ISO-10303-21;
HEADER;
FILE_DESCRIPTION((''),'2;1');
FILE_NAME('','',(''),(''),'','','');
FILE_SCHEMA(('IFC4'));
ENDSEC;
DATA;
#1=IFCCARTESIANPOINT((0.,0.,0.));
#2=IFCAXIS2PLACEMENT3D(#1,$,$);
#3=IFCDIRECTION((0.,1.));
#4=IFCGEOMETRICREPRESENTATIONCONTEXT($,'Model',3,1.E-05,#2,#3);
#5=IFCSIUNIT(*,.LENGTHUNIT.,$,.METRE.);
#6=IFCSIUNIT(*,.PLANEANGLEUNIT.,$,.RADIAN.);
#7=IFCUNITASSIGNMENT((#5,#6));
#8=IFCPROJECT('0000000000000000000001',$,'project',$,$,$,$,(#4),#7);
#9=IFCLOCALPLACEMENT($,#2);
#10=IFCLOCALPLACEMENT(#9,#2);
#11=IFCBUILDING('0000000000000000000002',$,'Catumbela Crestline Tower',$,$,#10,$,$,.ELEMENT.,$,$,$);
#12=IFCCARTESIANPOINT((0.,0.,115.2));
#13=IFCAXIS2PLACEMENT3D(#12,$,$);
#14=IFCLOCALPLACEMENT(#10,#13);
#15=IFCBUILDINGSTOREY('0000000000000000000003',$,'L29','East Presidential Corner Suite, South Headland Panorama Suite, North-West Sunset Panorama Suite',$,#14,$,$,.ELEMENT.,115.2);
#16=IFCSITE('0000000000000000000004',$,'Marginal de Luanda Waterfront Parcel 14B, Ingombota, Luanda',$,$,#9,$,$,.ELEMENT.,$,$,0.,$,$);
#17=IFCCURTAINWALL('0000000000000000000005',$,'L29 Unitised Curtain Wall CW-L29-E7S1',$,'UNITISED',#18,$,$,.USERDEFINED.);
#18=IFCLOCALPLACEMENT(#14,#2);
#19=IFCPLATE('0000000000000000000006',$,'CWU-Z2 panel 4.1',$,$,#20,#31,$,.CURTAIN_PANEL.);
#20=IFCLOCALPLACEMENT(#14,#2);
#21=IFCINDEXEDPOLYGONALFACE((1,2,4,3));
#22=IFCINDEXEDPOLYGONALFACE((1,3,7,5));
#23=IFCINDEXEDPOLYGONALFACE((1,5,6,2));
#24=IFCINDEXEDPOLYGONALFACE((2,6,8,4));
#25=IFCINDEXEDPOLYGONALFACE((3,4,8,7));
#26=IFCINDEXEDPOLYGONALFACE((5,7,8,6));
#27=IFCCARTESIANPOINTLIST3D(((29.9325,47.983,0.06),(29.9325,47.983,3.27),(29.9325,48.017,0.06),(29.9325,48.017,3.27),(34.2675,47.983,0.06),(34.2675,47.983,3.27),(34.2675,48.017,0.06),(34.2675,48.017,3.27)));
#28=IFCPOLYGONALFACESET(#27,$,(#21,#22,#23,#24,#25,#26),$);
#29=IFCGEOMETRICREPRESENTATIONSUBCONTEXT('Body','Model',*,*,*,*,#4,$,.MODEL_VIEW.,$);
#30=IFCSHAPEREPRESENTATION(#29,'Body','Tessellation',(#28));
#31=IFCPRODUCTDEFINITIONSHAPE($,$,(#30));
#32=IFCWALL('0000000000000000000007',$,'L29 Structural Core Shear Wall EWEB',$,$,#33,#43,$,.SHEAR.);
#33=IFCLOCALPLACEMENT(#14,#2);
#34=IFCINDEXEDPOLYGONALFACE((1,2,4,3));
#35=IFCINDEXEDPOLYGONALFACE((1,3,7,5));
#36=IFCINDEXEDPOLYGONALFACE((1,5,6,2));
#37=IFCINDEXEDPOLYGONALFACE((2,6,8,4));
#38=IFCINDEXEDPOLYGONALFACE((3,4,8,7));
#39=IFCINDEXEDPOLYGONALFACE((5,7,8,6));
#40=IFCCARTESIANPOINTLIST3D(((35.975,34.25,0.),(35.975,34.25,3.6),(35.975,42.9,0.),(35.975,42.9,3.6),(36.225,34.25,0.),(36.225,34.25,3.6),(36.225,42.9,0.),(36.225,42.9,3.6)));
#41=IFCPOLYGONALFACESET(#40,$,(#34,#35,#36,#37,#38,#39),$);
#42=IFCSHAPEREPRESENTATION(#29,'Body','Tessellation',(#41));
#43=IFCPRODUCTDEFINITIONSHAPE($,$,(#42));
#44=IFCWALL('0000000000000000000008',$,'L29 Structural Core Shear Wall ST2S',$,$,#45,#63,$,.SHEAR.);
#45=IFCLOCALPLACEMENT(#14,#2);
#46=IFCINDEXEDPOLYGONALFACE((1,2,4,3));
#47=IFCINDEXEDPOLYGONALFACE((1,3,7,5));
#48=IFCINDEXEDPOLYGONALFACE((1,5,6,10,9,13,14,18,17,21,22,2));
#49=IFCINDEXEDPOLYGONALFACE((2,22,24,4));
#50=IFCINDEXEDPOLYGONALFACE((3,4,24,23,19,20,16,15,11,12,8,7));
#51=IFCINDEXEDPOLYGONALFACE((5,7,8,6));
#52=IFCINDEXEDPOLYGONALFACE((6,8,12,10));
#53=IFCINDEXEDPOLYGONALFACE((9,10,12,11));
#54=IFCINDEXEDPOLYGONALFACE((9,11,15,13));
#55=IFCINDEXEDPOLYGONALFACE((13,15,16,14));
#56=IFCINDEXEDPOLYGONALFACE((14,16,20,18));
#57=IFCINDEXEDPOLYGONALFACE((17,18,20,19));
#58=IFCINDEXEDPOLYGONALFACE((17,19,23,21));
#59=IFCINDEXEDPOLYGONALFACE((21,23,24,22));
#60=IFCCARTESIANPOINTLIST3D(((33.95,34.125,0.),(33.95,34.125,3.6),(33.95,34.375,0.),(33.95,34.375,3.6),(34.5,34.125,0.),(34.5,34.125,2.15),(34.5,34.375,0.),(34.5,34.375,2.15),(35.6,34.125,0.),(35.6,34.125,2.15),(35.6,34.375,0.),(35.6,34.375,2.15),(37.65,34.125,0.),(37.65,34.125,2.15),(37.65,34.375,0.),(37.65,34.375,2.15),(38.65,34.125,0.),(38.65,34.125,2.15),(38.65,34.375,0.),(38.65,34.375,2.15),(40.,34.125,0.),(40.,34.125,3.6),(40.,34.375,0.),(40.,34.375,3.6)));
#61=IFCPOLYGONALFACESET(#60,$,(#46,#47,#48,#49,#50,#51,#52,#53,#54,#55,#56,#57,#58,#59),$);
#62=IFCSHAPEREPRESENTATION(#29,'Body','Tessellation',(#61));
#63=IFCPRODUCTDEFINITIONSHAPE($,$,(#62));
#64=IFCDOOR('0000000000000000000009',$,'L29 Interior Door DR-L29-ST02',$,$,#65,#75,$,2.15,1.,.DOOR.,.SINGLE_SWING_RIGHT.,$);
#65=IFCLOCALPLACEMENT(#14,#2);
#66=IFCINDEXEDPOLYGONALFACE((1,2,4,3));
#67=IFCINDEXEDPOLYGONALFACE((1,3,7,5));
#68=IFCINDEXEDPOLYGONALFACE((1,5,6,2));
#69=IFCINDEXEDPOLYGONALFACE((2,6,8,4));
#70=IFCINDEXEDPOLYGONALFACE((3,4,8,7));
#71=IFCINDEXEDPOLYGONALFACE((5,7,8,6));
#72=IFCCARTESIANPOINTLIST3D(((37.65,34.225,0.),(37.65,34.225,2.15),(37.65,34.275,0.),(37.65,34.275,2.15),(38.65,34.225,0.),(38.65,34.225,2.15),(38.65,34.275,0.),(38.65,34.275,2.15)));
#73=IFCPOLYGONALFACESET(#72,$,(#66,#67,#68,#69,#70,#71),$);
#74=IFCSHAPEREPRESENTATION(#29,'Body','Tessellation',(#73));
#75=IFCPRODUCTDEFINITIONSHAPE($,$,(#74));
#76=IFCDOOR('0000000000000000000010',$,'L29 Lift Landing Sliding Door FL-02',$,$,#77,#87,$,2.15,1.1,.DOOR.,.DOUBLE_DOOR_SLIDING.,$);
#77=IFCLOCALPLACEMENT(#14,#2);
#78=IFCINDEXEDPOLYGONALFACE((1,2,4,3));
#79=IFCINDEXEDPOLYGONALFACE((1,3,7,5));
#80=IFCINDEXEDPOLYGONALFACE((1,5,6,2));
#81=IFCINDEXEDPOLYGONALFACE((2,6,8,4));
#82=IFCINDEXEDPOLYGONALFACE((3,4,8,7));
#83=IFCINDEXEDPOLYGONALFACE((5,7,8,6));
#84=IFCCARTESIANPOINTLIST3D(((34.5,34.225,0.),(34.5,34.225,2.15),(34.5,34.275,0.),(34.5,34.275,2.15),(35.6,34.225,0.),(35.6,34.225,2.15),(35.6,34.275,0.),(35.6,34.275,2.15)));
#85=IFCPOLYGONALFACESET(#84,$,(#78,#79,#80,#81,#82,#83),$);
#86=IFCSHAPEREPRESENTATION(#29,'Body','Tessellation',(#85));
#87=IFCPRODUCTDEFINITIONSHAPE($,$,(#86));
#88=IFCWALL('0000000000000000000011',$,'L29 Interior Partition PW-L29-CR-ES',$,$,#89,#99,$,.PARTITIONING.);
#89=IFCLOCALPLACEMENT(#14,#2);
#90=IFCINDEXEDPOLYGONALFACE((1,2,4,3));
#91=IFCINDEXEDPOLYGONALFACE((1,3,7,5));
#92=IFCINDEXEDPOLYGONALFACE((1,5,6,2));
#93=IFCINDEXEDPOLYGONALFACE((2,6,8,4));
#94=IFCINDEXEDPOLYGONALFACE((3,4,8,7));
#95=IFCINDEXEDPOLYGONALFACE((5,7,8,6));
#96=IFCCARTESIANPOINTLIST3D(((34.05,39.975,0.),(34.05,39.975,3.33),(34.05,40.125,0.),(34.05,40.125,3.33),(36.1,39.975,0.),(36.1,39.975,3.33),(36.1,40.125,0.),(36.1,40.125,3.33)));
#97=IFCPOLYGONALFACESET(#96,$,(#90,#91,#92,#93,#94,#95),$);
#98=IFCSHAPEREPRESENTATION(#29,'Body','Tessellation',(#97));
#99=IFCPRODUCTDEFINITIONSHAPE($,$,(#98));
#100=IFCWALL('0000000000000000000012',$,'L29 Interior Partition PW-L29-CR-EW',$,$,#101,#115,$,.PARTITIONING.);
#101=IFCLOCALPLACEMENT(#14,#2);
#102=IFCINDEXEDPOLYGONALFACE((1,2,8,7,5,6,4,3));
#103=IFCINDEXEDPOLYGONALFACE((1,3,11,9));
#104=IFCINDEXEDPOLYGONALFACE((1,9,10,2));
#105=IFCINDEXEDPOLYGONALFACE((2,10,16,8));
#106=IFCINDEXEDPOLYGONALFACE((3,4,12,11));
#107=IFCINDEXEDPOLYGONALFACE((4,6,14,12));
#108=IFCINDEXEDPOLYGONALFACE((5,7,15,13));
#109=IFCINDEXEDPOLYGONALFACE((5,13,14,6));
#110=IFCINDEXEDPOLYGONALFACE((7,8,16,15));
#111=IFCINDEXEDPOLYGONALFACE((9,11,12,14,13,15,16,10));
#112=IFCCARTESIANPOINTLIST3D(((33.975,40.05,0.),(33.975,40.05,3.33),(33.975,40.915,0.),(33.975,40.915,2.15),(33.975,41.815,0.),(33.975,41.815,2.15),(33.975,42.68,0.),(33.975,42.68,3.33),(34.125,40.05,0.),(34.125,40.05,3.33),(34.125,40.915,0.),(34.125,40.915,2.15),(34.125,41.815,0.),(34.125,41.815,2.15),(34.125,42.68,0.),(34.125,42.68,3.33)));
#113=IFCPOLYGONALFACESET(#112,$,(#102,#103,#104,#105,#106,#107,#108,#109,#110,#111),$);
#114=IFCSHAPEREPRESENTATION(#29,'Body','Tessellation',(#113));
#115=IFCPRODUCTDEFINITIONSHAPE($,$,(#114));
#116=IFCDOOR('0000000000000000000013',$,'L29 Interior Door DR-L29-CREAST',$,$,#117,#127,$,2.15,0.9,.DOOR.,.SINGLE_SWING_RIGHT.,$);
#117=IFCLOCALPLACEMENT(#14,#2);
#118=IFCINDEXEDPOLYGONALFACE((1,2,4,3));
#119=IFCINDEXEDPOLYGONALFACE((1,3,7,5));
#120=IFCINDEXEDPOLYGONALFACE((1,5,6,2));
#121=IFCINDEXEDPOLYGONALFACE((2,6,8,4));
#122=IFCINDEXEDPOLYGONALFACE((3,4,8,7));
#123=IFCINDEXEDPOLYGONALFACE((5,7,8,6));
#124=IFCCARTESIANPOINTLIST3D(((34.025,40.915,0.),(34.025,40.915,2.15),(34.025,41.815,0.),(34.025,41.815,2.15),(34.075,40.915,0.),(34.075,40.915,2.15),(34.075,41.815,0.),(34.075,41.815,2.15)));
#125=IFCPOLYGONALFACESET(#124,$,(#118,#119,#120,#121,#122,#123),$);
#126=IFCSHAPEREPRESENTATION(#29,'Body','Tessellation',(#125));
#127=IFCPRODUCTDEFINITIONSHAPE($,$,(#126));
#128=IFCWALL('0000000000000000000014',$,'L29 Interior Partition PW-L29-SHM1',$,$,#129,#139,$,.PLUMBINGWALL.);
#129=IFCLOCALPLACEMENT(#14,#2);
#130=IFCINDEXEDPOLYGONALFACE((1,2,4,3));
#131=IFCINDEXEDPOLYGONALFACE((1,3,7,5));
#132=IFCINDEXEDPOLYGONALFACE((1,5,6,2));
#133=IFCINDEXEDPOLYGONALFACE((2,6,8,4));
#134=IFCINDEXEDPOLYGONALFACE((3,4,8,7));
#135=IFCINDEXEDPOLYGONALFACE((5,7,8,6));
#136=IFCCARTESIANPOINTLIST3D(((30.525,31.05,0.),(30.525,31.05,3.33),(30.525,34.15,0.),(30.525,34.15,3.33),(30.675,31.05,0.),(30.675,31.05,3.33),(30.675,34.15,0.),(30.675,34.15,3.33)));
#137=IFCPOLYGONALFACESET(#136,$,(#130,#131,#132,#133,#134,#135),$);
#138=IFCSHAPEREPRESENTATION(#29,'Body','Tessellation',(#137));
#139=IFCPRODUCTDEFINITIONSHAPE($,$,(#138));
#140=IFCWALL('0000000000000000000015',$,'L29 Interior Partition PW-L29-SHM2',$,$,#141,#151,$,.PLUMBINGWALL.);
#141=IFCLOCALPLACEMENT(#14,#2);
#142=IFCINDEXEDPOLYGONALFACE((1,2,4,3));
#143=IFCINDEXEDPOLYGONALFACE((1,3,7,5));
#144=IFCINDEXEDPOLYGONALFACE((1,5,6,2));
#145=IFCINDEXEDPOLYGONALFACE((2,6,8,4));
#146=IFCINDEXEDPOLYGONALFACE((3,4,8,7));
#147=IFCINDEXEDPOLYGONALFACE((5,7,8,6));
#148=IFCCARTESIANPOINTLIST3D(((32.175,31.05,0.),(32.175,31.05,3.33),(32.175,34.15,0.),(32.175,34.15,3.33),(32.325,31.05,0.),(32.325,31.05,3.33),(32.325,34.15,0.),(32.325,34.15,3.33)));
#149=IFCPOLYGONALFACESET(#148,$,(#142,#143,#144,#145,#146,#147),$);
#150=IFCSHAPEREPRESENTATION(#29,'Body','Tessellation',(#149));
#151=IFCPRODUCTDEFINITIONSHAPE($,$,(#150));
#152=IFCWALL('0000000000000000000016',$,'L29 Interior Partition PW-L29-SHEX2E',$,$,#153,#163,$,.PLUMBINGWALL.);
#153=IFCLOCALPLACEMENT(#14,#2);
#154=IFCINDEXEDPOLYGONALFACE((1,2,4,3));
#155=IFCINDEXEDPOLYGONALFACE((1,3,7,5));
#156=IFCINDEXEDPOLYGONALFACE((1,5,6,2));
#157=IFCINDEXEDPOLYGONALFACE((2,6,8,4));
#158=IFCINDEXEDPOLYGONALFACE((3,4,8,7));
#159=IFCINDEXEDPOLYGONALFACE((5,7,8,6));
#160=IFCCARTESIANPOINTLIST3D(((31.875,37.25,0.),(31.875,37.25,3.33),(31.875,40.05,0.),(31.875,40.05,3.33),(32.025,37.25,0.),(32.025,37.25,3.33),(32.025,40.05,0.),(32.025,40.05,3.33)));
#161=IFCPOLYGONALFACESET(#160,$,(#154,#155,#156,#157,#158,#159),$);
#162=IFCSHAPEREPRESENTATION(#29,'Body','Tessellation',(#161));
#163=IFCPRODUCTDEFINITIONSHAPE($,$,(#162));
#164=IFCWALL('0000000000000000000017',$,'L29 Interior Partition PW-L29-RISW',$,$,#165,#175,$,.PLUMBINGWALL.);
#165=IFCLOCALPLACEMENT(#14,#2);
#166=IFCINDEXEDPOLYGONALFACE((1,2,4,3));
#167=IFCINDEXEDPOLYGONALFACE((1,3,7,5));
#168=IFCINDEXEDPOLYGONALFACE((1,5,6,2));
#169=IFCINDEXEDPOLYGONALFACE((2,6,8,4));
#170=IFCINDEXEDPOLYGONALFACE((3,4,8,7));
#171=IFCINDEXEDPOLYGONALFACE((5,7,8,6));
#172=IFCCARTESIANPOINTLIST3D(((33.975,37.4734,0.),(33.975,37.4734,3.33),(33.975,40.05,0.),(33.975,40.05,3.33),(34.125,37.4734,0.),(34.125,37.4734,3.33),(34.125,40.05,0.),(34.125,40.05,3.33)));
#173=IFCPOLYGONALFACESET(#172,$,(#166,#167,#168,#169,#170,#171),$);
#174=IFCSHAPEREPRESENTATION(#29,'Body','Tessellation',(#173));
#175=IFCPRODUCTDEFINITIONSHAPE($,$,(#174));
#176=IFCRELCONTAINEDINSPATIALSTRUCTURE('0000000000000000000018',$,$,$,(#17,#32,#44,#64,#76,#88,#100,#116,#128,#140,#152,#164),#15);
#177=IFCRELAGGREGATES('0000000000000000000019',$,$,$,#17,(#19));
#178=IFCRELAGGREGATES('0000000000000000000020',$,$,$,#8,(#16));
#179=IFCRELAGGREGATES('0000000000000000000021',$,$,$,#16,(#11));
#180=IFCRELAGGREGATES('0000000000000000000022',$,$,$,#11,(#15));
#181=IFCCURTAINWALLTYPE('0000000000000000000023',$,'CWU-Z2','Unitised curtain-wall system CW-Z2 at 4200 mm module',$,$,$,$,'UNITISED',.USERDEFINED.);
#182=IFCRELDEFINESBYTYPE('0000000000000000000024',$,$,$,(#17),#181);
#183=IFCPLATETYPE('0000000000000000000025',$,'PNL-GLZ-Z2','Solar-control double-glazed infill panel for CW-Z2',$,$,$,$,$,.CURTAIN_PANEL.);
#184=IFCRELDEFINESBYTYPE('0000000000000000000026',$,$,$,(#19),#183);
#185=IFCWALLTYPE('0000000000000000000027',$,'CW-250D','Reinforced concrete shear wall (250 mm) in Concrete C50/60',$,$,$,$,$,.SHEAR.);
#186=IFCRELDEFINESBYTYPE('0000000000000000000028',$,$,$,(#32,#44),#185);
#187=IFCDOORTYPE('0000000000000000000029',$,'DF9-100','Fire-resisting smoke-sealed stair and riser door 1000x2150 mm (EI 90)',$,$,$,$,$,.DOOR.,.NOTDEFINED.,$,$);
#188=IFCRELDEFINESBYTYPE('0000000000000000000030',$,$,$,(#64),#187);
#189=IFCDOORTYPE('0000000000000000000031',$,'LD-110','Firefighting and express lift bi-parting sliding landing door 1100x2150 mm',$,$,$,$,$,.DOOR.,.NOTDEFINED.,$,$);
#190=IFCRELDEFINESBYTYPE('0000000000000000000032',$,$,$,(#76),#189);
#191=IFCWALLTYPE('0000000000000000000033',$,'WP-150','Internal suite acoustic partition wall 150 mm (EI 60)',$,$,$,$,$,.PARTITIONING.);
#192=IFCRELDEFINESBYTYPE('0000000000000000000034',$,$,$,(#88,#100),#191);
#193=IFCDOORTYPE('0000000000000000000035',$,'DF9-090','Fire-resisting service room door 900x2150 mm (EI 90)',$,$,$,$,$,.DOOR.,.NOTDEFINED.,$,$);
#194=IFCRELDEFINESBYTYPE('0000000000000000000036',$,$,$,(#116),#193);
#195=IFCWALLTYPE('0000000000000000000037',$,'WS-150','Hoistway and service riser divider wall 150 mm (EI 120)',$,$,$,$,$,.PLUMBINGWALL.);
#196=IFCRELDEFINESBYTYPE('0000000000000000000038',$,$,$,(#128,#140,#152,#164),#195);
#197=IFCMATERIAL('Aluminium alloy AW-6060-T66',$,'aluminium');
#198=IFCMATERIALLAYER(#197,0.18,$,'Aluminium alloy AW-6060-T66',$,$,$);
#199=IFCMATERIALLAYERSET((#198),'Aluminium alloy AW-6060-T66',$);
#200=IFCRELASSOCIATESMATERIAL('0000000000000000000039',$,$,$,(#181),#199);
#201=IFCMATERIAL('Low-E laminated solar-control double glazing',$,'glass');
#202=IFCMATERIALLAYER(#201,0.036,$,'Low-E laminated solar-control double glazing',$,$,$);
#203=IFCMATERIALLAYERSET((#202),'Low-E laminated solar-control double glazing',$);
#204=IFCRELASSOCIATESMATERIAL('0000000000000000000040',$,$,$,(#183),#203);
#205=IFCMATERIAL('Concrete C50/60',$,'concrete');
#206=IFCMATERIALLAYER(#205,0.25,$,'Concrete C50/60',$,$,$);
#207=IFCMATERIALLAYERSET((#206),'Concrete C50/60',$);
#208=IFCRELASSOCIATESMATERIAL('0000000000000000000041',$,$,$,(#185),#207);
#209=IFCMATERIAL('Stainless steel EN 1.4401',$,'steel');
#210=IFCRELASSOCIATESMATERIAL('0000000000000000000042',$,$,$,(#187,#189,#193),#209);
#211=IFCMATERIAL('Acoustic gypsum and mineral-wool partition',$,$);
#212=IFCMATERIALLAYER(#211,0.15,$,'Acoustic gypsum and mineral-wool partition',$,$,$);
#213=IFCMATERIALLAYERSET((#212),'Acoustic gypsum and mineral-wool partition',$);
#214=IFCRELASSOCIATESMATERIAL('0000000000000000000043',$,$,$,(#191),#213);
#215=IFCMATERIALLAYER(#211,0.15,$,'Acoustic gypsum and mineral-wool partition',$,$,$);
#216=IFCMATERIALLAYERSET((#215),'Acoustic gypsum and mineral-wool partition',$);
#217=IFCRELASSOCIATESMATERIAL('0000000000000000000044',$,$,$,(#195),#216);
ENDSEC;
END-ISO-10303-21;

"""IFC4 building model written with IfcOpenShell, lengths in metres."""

from ifc_helpers import new_model, si_unit, direction, frame, frame_2d, origin, origin_2d, place, context, subcontext, project, spatial, rectangle, extrude, material, layer, layer_set, type_object, element, fill, aggregate, save


model = new_model("IFC4")

# Units and contexts
model_context = context("Model", 3, precision=1e-05, world=origin(), true_north=direction((0.0, 1.0)))
body_context = subcontext(model_context, "Body", "Model", "MODEL_VIEW")
ifc_project = project(units=[si_unit("LENGTHUNIT", "METRE"), si_unit("PLANEANGLEUNIT", "RADIAN")], contexts=[model_context])

# Site, building, storey
site_placement = place(None, origin())
site = spatial("IfcSite", under=ifc_project, at=site_placement, Name="Marginal de Luanda Waterfront Parcel 14B, Ingombota, Luanda", CompositionType="ELEMENT", RefElevation=0.0)
building_placement = place(site_placement, origin())
building = spatial("IfcBuilding", under=site, at=building_placement, Name="Catumbela Crestline Tower", CompositionType="ELEMENT")
storey_placement = place(building_placement, frame((0.0, 0.0, 115.2)))
storey = spatial("IfcBuildingStorey", under=building, at=storey_placement, Name="L29", Description="East Presidential Corner Suite, South Headland Panorama Suite, North-West Sunset Panorama Suite", CompositionType="ELEMENT", Elevation=115.2)

# Shared definitions
ifc_material_1 = material(Name="Concrete C50/60", Category="concrete")

# Curtain wall
ifc_material_2 = material(Name="Aluminium alloy AW-6060-T66", Category="aluminium")
ifc_layer_1 = layer(ifc_material_2, 0.18, Name="Aluminium alloy AW-6060-T66")
ifc_layer_set_1 = layer_set([ifc_layer_1], Name="Aluminium alloy AW-6060-T66")
curtain_wall_type = type_object("IfcCurtainWallType", Name="CWU-Z2", Description="Unitised curtain-wall system CW-Z2 at 4200 mm module", ElementType="UNITISED", PredefinedType="USERDEFINED", material=ifc_layer_set_1)
curtain_wall_placement = place(storey_placement, origin())
curtain_wall = element("IfcCurtainWall", 1, at=curtain_wall_placement, inside=storey, type_object=curtain_wall_type, Name="L29 Unitised Curtain Wall CW-L29-E7S1", ObjectType="UNITISED", PredefinedType="USERDEFINED")

# Plate
ifc_material_3 = material(Name="Low-E laminated solar-control double glazing", Category="glass")
ifc_layer_2 = layer(ifc_material_3, 0.036, Name="Low-E laminated solar-control double glazing")
ifc_layer_set_2 = layer_set([ifc_layer_2], Name="Low-E laminated solar-control double glazing")
plate_type = type_object("IfcPlateType", Name="PNL-GLZ-Z2", Description="Solar-control double-glazed infill panel for CW-Z2", PredefinedType="CURTAIN_PANEL", material=ifc_layer_set_2)
plate_1_placement = place(storey_placement, frame((32.1, 48.0, 0.06), z_axis=(0.0, 0.0, 1.0), x_axis=(-1.0, 0.0, 0.0)))
plate_1 = element("IfcPlate", 2, at=plate_1_placement, type_object=plate_type, Name="CWU-Z2 panel 4.1", PredefinedType="CURTAIN_PANEL", context=body_context, shape_type="SweptSolid", body=[
    extrude(rectangle(XDim=4.335, YDim=0.034, at=origin_2d()), origin(), (0.0, 0.0, 1.0), 3.21),
])
aggregate(curtain_wall, [plate_1])

# Wall
ifc_layer_3 = layer(ifc_material_1, 0.25, Name="Concrete C50/60")
ifc_layer_set_3 = layer_set([ifc_layer_3], Name="Concrete C50/60")
wall_type_1 = type_object("IfcWallType", Name="CW-250D", Description="Reinforced concrete shear wall (250 mm) in Concrete C50/60", PredefinedType="SHEAR", material=ifc_layer_set_3)
wall_1_placement = place(storey_placement, frame((36.1, 34.25, 0.0), z_axis=(0.0, 0.0, 1.0), x_axis=(0.0, 1.0, 0.0)))
element("IfcWall", 3, at=wall_1_placement, inside=storey, type_object=wall_type_1, Name="L29 Structural Core Shear Wall EWEB", PredefinedType="SHEAR", context=body_context, shape_type="SweptSolid", body=[
    extrude(rectangle(XDim=8.65, YDim=0.25, at=frame_2d((4.325, 0.0))), origin(), (0.0, 0.0, 1.0), 3.6),
])

# Wall, openings, doors
wall_2_placement = place(storey_placement, frame((33.95, 34.25, 0.0), z_axis=(0.0, 0.0, 1.0), x_axis=(1.0, 0.0, 0.0)))
wall_2 = element("IfcWall", 4, at=wall_2_placement, inside=storey, type_object=wall_type_1, Name="L29 Structural Core Shear Wall ST2S", PredefinedType="SHEAR", context=body_context, shape_type="SweptSolid", body=[
    extrude(rectangle(XDim=6.05, YDim=0.25, at=frame_2d((3.025, 0.0))), origin(), (0.0, 0.0, 1.0), 3.6),
])
opening_1_placement = place(wall_2_placement, frame((3.7, 0.0, 0.0)))
opening_1 = element("IfcOpeningElement", 5, at=opening_1_placement, cuts=wall_2, PredefinedType="OPENING", context=body_context, shape_type="SweptSolid", body=[
    extrude(rectangle(XDim=1.0, YDim=2.15, at=frame_2d((0.5, 1.075))), frame((0.0, 0.135, 0.0), z_axis=(0.0, -1.0, 0.0), x_axis=(1.0, 0.0, 0.0)), (0.0, 0.0, 1.0), 0.27),
])
opening_2_placement = place(wall_2_placement, frame((0.55, 0.0, 0.0)))
opening_2 = element("IfcOpeningElement", 6, at=opening_2_placement, cuts=wall_2, PredefinedType="OPENING", context=body_context, shape_type="SweptSolid", body=[
    extrude(rectangle(XDim=1.1, YDim=2.15, at=frame_2d((0.55, 1.075))), frame((0.0, 0.135, 0.0), z_axis=(0.0, -1.0, 0.0), x_axis=(1.0, 0.0, 0.0)), (0.0, 0.0, 1.0), 0.27),
])
ifc_material_4 = material(Name="Stainless steel EN 1.4401", Category="steel")
door_type_1 = type_object("IfcDoorType", Name="DF9-100", Description="Fire-resisting smoke-sealed stair and riser door 1000x2150 mm (EI 90)", OperationType="NOTDEFINED", PredefinedType="DOOR", material=ifc_material_4)
door_1_placement = place(opening_1_placement, origin())
door_1 = element("IfcDoor", 7, at=door_1_placement, inside=storey, type_object=door_type_1, Name="L29 Interior Door DR-L29-ST02", OperationType="SINGLE_SWING_RIGHT", OverallHeight=2.15, OverallWidth=1.0, PredefinedType="DOOR", context=body_context, shape_type="SweptSolid", body=[
    extrude(rectangle(XDim=1.0, YDim=2.15, at=frame_2d((0.5, 1.075))), frame((0.0, 0.025, 0.0), z_axis=(0.0, -1.0, 0.0), x_axis=(1.0, 0.0, 0.0)), (0.0, 0.0, 1.0), 0.05),
])
fill(opening_1, door_1)
door_type_2 = type_object("IfcDoorType", Name="LD-110", Description="Firefighting and express lift bi-parting sliding landing door 1100x2150 mm", OperationType="NOTDEFINED", PredefinedType="DOOR", material=ifc_material_4)
door_2_placement = place(opening_2_placement, origin())
door_2 = element("IfcDoor", 8, at=door_2_placement, inside=storey, type_object=door_type_2, Name="L29 Lift Landing Sliding Door FL-02", OperationType="DOUBLE_DOOR_SLIDING", OverallHeight=2.15, OverallWidth=1.1, PredefinedType="DOOR", context=body_context, shape_type="SweptSolid", body=[
    extrude(rectangle(XDim=1.1, YDim=2.15, at=frame_2d((0.55, 1.075))), frame((0.0, 0.025, 0.0), z_axis=(0.0, -1.0, 0.0), x_axis=(1.0, 0.0, 0.0)), (0.0, 0.0, 1.0), 0.05),
])
fill(opening_2, door_2)

# Wall
ifc_material_5 = material(Name="Acoustic gypsum and mineral-wool partition")
ifc_layer_4 = layer(ifc_material_5, 0.15, Name="Acoustic gypsum and mineral-wool partition")
ifc_layer_set_4 = layer_set([ifc_layer_4], Name="Acoustic gypsum and mineral-wool partition")
wall_type_2 = type_object("IfcWallType", Name="WP-150", Description="Internal suite acoustic partition wall 150 mm (EI 60)", PredefinedType="PARTITIONING", material=ifc_layer_set_4)
wall_3_placement = place(storey_placement, frame((34.05, 40.05, 0.0), z_axis=(0.0, 0.0, 1.0), x_axis=(1.0, 0.0, 0.0)))
element("IfcWall", 9, at=wall_3_placement, inside=storey, type_object=wall_type_2, Name="L29 Interior Partition PW-L29-CR-ES", PredefinedType="PARTITIONING", context=body_context, shape_type="SweptSolid", body=[
    extrude(rectangle(XDim=2.05, YDim=0.15, at=frame_2d((1.025, 0.0))), origin(), (0.0, 0.0, 1.0), 3.33),
])

# Wall, opening, door
wall_4_placement = place(storey_placement, frame((34.05, 40.05, 0.0), z_axis=(0.0, 0.0, 1.0), x_axis=(0.0, 1.0, 0.0)))
wall_4 = element("IfcWall", 10, at=wall_4_placement, inside=storey, type_object=wall_type_2, Name="L29 Interior Partition PW-L29-CR-EW", PredefinedType="PARTITIONING", context=body_context, shape_type="SweptSolid", body=[
    extrude(rectangle(XDim=2.63, YDim=0.15, at=frame_2d((1.315, 0.0))), origin(), (0.0, 0.0, 1.0), 3.33),
])
opening_3_placement = place(wall_4_placement, frame((0.865, 0.0, 0.0)))
opening_3 = element("IfcOpeningElement", 11, at=opening_3_placement, cuts=wall_4, PredefinedType="OPENING", context=body_context, shape_type="SweptSolid", body=[
    extrude(rectangle(XDim=0.9, YDim=2.15, at=frame_2d((0.45, 1.075))), frame((0.0, 0.085, 0.0), z_axis=(0.0, -1.0, 0.0), x_axis=(1.0, 0.0, 0.0)), (0.0, 0.0, 1.0), 0.17),
])
door_type_3 = type_object("IfcDoorType", Name="DF9-090", Description="Fire-resisting service room door 900x2150 mm (EI 90)", OperationType="NOTDEFINED", PredefinedType="DOOR", material=ifc_material_4)
door_3_placement = place(opening_3_placement, origin())
door_3 = element("IfcDoor", 12, at=door_3_placement, inside=storey, type_object=door_type_3, Name="L29 Interior Door DR-L29-CREAST", OperationType="SINGLE_SWING_RIGHT", OverallHeight=2.15, OverallWidth=0.9, PredefinedType="DOOR", context=body_context, shape_type="SweptSolid", body=[
    extrude(rectangle(XDim=0.9, YDim=2.15, at=frame_2d((0.45, 1.075))), frame((0.0, 0.025, 0.0), z_axis=(0.0, -1.0, 0.0), x_axis=(1.0, 0.0, 0.0)), (0.0, 0.0, 1.0), 0.05),
])
fill(opening_3, door_3)

# Walls
ifc_layer_5 = layer(ifc_material_5, 0.15, Name="Acoustic gypsum and mineral-wool partition")
ifc_layer_set_5 = layer_set([ifc_layer_5], Name="Acoustic gypsum and mineral-wool partition")
wall_type_3 = type_object("IfcWallType", Name="WS-150", Description="Hoistway and service riser divider wall 150 mm (EI 120)", PredefinedType="PLUMBINGWALL", material=ifc_layer_set_5)
for number, where, z_axis, x_axis, name in (
    (13, (30.6, 31.05, 0.0), (0.0, 0.0, 1.0), (0.0, 1.0, 0.0), "L29 Interior Partition PW-L29-SHM1"),
    (14, (32.25, 31.05, 0.0), (0.0, 0.0, 1.0), (0.0, 1.0, 0.0), "L29 Interior Partition PW-L29-SHM2"),
):
    element("IfcWall", number, at=place(storey_placement, frame(where, z_axis=z_axis, x_axis=x_axis)), inside=storey, type_object=wall_type_3, Name=name, PredefinedType="PLUMBINGWALL", context=body_context, shape_type="SweptSolid", body=[
        extrude(rectangle(XDim=3.1, YDim=0.15, at=frame_2d((1.55, 0.0))), origin(), (0.0, 0.0, 1.0), 3.33),
    ])
wall_5_placement = place(storey_placement, frame((31.95, 37.25, 0.0), z_axis=(0.0, 0.0, 1.0), x_axis=(0.0, 1.0, 0.0)))
element("IfcWall", 15, at=wall_5_placement, inside=storey, type_object=wall_type_3, Name="L29 Interior Partition PW-L29-SHEX2E", PredefinedType="PLUMBINGWALL", context=body_context, shape_type="SweptSolid", body=[
    extrude(rectangle(XDim=2.8, YDim=0.15, at=frame_2d((1.4, 0.0))), origin(), (0.0, 0.0, 1.0), 3.33),
])
wall_6_placement = place(storey_placement, frame((34.05, 37.4734, 0.0), z_axis=(0.0, 0.0, 1.0), x_axis=(0.0, 1.0, 0.0)))
element("IfcWall", 16, at=wall_6_placement, inside=storey, type_object=wall_type_3, Name="L29 Interior Partition PW-L29-RISW", PredefinedType="PLUMBINGWALL", context=body_context, shape_type="SweptSolid", body=[
    extrude(rectangle(XDim=2.5766, YDim=0.15, at=frame_2d((1.2883, 0.0))), origin(), (0.0, 0.0, 1.0), 3.33),
])

save(model, "model.ifc")
